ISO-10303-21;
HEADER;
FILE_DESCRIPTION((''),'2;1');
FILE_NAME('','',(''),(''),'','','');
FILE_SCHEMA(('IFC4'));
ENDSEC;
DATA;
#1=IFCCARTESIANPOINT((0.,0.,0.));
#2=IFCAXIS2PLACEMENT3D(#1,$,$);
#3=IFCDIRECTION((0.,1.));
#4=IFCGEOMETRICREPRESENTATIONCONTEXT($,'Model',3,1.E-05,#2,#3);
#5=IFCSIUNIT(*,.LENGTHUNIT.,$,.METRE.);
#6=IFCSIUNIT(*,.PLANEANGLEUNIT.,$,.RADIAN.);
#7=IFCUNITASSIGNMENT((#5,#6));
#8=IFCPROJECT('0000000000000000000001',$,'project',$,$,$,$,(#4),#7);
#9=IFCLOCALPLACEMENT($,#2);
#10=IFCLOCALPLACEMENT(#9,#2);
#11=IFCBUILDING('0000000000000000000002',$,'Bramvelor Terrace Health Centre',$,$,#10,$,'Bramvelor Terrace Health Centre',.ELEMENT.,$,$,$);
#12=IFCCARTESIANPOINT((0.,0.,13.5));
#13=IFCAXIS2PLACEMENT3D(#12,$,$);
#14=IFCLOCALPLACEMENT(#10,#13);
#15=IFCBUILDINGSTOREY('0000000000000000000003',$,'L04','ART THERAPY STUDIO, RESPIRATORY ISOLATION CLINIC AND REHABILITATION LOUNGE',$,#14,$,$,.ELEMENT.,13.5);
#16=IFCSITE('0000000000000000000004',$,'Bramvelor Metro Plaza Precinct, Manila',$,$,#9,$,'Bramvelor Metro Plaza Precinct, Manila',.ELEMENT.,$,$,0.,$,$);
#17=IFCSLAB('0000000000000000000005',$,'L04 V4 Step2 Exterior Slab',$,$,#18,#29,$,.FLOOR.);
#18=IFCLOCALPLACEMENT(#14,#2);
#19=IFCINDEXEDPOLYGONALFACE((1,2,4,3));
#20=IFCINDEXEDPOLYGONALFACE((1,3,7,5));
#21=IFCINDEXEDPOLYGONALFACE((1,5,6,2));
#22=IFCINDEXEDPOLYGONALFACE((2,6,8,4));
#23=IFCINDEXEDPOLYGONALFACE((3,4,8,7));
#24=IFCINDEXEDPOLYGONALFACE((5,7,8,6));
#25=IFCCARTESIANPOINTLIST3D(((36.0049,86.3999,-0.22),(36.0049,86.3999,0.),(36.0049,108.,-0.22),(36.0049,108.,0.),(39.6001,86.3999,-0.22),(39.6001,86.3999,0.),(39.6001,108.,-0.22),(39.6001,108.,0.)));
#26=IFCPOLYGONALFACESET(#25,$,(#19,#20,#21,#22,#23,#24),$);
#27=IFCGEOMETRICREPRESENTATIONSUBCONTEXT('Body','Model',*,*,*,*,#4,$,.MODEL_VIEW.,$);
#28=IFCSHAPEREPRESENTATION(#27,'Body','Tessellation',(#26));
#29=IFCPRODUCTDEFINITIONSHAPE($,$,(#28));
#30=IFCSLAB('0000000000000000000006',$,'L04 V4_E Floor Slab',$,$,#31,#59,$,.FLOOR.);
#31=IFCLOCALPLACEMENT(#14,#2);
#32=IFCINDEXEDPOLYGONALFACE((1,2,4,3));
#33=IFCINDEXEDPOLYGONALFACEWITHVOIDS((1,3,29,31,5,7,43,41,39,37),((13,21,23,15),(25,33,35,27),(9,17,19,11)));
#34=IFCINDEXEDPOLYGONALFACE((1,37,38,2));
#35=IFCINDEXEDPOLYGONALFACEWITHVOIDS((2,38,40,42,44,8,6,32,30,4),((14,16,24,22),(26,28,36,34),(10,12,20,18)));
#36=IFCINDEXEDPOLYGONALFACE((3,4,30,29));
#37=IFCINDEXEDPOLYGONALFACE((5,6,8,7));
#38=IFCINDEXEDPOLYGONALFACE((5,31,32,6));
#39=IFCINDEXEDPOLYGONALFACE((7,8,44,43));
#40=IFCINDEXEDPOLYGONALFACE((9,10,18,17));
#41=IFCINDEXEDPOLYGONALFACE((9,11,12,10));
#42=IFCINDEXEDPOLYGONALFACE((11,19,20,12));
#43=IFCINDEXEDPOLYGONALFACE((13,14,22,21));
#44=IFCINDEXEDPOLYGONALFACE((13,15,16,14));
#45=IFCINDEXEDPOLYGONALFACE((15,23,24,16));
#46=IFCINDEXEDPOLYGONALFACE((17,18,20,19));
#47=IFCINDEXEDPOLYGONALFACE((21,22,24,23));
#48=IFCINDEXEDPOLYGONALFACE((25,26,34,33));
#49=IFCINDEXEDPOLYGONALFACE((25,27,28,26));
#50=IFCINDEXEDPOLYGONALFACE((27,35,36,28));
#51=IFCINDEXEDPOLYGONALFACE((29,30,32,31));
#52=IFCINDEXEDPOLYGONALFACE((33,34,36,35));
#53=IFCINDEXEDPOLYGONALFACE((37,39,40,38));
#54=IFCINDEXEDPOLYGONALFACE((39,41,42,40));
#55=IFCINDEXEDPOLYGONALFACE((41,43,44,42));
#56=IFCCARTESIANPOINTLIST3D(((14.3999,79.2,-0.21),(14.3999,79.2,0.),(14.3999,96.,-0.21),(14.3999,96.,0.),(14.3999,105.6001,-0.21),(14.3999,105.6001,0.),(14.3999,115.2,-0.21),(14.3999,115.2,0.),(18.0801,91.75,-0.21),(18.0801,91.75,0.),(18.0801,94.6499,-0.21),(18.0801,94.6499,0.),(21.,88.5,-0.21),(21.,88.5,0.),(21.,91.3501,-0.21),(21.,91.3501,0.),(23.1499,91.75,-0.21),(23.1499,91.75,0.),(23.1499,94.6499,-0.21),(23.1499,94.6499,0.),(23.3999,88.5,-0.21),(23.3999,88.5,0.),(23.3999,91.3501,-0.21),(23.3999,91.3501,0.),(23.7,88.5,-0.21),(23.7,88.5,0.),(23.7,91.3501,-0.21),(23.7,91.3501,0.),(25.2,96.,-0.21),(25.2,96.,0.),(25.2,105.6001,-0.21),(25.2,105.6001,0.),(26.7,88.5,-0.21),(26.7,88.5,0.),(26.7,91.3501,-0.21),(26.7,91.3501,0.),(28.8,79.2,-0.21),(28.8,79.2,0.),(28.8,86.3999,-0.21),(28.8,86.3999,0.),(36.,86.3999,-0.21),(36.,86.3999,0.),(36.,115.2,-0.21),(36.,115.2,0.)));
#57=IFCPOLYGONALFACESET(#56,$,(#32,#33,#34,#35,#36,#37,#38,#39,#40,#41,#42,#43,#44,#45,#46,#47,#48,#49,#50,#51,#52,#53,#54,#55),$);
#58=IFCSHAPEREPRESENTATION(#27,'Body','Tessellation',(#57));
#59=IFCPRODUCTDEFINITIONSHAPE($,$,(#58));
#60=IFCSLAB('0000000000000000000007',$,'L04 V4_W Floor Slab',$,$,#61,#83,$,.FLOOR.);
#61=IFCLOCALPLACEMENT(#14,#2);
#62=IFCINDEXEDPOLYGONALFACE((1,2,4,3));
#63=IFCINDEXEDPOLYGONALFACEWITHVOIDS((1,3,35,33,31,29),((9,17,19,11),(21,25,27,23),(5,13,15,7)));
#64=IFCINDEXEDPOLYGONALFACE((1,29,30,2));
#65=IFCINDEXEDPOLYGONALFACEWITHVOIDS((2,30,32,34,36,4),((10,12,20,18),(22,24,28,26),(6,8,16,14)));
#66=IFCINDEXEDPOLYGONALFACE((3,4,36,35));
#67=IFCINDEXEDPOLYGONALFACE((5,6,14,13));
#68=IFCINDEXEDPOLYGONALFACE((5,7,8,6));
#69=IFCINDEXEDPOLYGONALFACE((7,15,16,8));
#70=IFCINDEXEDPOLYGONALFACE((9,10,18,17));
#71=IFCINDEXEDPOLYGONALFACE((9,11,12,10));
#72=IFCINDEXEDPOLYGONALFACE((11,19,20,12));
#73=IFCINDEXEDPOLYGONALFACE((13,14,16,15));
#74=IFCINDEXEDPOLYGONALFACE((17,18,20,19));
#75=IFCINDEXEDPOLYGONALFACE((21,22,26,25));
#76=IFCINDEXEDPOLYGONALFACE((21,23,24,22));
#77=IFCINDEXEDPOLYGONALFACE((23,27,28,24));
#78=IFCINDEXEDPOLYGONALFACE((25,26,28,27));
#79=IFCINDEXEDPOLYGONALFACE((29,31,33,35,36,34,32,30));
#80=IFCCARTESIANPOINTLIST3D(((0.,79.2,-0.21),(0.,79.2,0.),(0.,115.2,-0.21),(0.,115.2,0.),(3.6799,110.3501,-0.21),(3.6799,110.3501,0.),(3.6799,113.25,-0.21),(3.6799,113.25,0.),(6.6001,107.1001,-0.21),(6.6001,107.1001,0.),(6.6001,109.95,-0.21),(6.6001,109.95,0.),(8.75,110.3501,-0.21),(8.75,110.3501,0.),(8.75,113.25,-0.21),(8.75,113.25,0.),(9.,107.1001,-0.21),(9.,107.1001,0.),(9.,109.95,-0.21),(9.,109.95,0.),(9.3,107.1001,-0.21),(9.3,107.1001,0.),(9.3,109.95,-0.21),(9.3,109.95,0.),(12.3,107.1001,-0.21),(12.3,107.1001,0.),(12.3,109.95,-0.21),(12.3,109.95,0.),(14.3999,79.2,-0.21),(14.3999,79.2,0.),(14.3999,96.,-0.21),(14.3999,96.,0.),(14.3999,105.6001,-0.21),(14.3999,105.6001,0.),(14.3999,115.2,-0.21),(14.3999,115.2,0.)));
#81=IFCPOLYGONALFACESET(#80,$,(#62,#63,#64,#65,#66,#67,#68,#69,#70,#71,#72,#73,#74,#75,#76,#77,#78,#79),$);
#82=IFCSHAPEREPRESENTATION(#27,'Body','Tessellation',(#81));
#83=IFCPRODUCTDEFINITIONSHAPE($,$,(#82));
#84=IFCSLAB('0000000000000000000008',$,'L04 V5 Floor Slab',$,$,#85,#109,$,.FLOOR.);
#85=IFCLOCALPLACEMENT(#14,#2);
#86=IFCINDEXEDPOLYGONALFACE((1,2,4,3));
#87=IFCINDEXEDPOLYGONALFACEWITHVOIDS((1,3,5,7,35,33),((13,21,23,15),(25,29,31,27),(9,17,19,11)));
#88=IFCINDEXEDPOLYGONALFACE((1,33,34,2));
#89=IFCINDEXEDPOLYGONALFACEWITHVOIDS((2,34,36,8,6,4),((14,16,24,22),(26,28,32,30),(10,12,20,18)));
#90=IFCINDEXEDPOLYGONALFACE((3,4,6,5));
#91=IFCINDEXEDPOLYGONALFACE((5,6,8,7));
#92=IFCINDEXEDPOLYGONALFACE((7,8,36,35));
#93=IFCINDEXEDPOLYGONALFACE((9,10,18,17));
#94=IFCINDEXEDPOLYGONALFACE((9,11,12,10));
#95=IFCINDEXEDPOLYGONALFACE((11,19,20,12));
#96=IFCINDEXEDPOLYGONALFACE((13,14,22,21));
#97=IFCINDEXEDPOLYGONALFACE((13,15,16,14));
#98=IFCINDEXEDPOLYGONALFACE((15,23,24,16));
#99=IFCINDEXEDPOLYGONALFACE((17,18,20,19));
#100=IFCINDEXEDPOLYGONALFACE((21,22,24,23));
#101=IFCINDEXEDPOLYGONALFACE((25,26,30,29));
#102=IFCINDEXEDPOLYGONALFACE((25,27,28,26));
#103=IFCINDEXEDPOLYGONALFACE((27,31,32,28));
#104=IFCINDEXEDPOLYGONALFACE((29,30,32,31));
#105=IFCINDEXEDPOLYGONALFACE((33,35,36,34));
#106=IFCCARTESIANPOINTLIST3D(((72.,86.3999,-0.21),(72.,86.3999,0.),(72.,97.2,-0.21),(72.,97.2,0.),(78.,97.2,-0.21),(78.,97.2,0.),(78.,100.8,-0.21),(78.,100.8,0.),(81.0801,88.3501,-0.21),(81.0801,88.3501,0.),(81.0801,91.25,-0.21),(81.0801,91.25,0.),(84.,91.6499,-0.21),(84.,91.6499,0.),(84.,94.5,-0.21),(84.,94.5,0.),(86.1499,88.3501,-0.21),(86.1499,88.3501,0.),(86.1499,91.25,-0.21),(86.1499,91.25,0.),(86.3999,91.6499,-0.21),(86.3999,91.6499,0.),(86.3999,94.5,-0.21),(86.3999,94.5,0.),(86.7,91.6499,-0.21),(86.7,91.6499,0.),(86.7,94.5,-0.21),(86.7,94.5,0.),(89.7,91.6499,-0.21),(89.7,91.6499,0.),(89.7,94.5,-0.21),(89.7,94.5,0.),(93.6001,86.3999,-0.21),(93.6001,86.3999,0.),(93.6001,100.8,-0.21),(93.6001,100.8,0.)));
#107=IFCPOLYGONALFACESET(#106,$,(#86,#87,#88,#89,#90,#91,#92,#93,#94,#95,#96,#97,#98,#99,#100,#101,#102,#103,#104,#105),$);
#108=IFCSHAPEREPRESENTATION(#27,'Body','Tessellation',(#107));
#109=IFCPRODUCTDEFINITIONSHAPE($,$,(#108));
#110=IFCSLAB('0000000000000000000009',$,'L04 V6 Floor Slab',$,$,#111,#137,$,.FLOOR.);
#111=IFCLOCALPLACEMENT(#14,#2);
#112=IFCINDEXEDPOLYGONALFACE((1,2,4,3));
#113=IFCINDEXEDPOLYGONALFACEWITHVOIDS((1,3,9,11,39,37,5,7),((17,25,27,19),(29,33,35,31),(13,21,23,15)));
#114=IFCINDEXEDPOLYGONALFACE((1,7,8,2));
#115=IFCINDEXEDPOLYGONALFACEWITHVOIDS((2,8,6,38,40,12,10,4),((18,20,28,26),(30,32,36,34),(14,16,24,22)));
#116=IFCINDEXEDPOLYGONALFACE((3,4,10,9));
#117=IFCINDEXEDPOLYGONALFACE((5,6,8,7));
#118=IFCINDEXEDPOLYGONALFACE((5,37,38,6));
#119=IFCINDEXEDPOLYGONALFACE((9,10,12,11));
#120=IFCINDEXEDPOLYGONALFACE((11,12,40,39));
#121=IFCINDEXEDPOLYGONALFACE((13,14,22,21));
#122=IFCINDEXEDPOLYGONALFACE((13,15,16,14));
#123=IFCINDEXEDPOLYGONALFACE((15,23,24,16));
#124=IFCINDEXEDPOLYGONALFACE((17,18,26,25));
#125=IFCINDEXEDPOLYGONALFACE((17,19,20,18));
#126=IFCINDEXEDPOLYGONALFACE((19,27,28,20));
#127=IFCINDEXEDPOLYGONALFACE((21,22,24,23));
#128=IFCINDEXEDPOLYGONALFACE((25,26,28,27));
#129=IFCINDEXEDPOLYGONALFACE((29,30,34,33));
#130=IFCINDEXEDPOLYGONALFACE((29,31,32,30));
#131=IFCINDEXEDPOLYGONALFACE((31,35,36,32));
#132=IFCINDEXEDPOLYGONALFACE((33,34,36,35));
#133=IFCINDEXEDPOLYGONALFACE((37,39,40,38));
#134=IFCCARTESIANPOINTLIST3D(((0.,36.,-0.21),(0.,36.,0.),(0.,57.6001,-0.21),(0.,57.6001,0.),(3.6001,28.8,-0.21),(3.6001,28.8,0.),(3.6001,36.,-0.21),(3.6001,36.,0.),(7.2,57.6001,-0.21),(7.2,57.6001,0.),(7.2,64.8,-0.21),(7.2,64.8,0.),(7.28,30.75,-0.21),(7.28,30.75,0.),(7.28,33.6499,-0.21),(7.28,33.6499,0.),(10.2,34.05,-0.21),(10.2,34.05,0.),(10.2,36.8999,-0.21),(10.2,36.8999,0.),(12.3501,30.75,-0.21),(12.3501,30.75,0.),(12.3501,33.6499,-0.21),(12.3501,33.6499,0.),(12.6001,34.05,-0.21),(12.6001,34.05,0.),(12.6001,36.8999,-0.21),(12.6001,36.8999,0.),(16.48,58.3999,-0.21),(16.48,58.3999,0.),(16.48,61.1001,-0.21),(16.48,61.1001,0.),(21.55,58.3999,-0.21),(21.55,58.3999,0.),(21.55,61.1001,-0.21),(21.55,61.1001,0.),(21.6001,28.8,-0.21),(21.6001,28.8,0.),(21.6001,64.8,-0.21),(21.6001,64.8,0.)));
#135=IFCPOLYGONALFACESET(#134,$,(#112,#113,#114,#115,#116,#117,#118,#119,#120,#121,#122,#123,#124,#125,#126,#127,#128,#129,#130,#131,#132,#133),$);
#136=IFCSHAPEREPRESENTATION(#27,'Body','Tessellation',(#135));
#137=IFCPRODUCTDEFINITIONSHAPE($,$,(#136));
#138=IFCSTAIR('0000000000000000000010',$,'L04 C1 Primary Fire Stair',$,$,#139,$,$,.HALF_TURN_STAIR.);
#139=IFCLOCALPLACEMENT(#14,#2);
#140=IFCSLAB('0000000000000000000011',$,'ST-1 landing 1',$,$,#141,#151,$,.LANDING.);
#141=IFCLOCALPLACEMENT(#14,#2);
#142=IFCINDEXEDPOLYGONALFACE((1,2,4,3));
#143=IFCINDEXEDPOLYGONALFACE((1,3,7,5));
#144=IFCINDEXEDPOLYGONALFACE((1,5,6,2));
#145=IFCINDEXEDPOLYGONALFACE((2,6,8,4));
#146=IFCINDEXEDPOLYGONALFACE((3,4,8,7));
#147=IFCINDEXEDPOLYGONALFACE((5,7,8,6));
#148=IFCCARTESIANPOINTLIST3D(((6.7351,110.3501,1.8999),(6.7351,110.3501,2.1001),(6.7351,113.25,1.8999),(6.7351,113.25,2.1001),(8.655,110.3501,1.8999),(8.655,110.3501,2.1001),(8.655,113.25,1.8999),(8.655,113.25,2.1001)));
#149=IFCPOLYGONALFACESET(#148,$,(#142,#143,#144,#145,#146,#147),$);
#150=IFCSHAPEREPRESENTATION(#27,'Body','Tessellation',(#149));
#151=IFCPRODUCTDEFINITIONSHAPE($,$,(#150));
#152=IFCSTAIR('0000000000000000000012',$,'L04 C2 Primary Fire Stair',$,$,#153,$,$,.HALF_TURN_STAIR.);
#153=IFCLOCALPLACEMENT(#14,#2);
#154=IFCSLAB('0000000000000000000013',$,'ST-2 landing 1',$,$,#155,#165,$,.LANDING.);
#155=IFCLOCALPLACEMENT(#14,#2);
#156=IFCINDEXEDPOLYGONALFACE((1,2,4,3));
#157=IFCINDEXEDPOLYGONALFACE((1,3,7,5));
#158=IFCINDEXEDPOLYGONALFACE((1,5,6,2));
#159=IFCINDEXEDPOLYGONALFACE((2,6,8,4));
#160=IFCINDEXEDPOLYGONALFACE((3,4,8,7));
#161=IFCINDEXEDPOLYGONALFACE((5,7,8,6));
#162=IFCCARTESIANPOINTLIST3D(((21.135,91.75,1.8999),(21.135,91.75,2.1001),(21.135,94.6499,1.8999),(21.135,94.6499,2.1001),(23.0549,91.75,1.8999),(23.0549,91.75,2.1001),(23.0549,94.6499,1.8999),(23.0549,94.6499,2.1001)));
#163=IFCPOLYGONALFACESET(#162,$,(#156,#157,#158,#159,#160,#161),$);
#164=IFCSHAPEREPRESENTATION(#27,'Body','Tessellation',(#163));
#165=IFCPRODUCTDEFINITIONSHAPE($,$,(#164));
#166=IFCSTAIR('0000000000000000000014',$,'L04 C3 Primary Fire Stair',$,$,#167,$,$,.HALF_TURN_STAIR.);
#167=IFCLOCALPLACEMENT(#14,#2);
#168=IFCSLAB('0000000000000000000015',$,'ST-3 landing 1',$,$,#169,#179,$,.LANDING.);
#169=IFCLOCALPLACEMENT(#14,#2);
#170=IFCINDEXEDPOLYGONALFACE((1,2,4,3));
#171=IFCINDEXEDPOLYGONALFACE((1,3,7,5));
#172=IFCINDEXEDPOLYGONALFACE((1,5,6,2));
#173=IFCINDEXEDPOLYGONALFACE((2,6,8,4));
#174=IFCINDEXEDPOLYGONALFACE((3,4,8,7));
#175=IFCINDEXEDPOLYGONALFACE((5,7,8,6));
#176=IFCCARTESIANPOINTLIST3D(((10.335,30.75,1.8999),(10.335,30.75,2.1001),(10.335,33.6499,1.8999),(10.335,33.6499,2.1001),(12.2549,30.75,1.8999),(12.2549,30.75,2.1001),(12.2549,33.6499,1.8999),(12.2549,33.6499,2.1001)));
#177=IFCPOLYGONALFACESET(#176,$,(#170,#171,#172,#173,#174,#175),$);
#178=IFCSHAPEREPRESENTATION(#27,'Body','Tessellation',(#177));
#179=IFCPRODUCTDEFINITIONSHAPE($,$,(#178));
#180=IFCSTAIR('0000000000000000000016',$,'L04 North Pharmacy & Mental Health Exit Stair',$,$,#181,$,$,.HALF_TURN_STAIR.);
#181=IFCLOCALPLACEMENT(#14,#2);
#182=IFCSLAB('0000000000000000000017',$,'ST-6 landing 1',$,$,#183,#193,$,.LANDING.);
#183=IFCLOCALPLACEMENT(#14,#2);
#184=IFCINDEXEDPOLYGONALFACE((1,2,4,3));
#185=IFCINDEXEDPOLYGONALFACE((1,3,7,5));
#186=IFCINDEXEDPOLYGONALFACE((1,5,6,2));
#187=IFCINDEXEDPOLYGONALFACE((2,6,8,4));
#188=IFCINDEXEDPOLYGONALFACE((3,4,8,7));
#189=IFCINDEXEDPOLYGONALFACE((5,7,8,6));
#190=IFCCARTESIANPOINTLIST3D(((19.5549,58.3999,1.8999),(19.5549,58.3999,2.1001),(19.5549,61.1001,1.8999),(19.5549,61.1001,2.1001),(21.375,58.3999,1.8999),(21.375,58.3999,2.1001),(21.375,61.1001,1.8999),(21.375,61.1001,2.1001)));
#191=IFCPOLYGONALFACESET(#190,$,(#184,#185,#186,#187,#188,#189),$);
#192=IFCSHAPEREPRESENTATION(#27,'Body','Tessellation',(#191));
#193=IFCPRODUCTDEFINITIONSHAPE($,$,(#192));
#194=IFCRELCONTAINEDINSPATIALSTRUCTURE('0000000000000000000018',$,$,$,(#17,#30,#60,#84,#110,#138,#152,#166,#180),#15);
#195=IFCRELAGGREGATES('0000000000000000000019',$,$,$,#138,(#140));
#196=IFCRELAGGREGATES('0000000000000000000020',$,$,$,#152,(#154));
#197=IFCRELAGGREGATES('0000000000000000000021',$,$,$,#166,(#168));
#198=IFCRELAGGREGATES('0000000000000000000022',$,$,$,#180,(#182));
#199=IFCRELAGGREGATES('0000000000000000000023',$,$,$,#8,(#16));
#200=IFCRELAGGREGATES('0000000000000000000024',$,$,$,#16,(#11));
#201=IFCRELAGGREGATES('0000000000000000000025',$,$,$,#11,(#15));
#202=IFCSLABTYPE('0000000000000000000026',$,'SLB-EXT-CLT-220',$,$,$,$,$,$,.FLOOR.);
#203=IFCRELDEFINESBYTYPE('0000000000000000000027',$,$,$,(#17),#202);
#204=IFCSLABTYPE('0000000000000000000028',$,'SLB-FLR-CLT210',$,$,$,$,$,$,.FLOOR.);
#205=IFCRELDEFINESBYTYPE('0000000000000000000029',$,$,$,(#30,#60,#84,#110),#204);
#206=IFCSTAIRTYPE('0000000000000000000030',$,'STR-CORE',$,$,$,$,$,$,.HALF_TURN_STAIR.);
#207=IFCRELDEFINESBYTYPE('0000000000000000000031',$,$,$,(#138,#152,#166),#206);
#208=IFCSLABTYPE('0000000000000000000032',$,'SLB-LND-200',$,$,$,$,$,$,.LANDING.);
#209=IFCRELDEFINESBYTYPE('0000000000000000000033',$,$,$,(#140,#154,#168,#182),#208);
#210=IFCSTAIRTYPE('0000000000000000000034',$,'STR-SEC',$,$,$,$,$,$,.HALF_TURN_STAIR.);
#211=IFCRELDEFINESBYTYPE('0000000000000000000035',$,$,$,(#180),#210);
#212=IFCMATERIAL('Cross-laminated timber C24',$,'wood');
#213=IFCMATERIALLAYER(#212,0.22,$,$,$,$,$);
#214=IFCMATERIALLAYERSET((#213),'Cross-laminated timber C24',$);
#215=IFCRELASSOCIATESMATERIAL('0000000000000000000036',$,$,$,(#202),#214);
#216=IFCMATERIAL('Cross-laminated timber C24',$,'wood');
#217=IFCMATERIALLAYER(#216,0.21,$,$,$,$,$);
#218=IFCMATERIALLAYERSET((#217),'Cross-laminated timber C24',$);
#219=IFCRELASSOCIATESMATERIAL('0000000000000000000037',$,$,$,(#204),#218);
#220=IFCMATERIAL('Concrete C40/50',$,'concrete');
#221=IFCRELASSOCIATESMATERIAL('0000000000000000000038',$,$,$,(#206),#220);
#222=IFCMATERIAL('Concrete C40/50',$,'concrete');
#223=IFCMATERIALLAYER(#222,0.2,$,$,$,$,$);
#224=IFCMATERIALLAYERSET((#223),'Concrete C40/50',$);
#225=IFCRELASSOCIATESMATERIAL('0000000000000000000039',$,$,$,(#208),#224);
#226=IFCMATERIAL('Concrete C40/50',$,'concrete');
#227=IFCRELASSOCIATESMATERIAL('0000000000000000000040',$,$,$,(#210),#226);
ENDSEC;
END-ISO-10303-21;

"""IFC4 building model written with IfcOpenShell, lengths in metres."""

from ifc_helpers import new_model, si_unit, direction, frame, origin, place, context, subcontext, project, spatial, polyline, outline, extrude, material, layer, layer_set, type_object, element, aggregate, save


model = new_model("IFC4")

# Units and contexts
model_context = context("Model", 3, precision=1e-05, world=origin(), true_north=direction((0.0, 1.0)))
body_context = subcontext(model_context, "Body", "Model", "MODEL_VIEW")
ifc_project = project(units=[si_unit("LENGTHUNIT", "METRE"), si_unit("PLANEANGLEUNIT", "RADIAN")], contexts=[model_context])

# Site, building, storey
site_placement = place(None, origin())
site = spatial("IfcSite", under=ifc_project, at=site_placement, Name="Bramvelor Metro Plaza Precinct, Manila", LongName="Bramvelor Metro Plaza Precinct, Manila", CompositionType="ELEMENT", RefElevation=0.0)
building_placement = place(site_placement, origin())
building = spatial("IfcBuilding", under=site, at=building_placement, Name="Bramvelor Terrace Health Centre", LongName="Bramvelor Terrace Health Centre", CompositionType="ELEMENT")
storey_placement = place(building_placement, frame((0.0, 0.0, 13.5)))
storey = spatial("IfcBuildingStorey", under=building, at=storey_placement, Name="L04", Description="ART THERAPY STUDIO, RESPIRATORY ISOLATION CLINIC AND REHABILITATION LOUNGE", CompositionType="ELEMENT", Elevation=13.5)

# Slabs
ifc_material_1 = material(Name="Cross-laminated timber C24", Category="wood")
ifc_layer_1 = layer(ifc_material_1, 0.22)
ifc_layer_set_1 = layer_set([ifc_layer_1], Name="Cross-laminated timber C24")
slab_type_1 = type_object("IfcSlabType", Name="SLB-EXT-CLT-220", PredefinedType="FLOOR", material=ifc_layer_set_1)
slab_1_placement = place(storey_placement, frame((0.0, 0.0, -0.22)))
element("IfcSlab", 1, at=slab_1_placement, inside=storey, type_object=slab_type_1, Name="L04 V4 Step2 Exterior Slab", PredefinedType="FLOOR", context=body_context, shape_type="SweptSolid", body=[
    extrude(outline(polyline([(39.6001, 108.0), (39.6001, 86.3999), (36.0049, 86.3999), (36.0049, 108.0), (39.6001, 108.0)])), origin(), (0.0, 0.0, 1.0), 0.22),
])
ifc_material_2 = material(Name="Cross-laminated timber C24", Category="wood")
ifc_layer_2 = layer(ifc_material_2, 0.21)
ifc_layer_set_2 = layer_set([ifc_layer_2], Name="Cross-laminated timber C24")
slab_type_2 = type_object("IfcSlabType", Name="SLB-FLR-CLT210", PredefinedType="FLOOR", material=ifc_layer_set_2)
slab_2_placement = place(storey_placement, frame((0.0, 0.0, -0.21)))
element("IfcSlab", 2, at=slab_2_placement, inside=storey, type_object=slab_type_2, Name="L04 V4_E Floor Slab", PredefinedType="FLOOR", context=body_context, shape_type="SweptSolid", body=[
    extrude(outline(polyline([(28.8, 79.2), (14.3999, 79.2), (14.3999, 96.0), (25.2, 96.0), (25.2, 105.6001), (14.3999, 105.6001), (14.3999, 115.2), (36.0, 115.2), (36.0, 86.3999), (28.8, 86.3999), (28.8, 79.2)]), holes=[polyline([(18.0801, 91.75), (23.1499, 91.75), (23.1499, 94.6499), (18.0801, 94.6499), (18.0801, 91.75)]), polyline([(21.0, 91.3501), (21.0, 88.5), (23.3999, 88.5), (23.3999, 91.3501), (21.0, 91.3501)]), polyline([(26.7, 91.3501), (23.7, 91.3501), (23.7, 88.5), (26.7, 88.5), (26.7, 91.3501)])]), origin(), (0.0, 0.0, 1.0), 0.21),
])
slab_3_placement = place(storey_placement, frame((0.0, 0.0, -0.21)))
element("IfcSlab", 3, at=slab_3_placement, inside=storey, type_object=slab_type_2, Name="L04 V4_W Floor Slab", PredefinedType="FLOOR", context=body_context, shape_type="SweptSolid", body=[
    extrude(outline(polyline([(14.3999, 79.2), (0.0, 79.2), (0.0, 115.2), (14.3999, 115.2), (14.3999, 105.6001), (14.3999, 96.0), (14.3999, 79.2)]), holes=[polyline([(3.6799, 110.3501), (8.75, 110.3501), (8.75, 113.25), (3.6799, 113.25), (3.6799, 110.3501)]), polyline([(6.6001, 109.95), (6.6001, 107.1001), (9.0, 107.1001), (9.0, 109.95), (6.6001, 109.95)]), polyline([(12.3, 109.95), (9.3, 109.95), (9.3, 107.1001), (12.3, 107.1001), (12.3, 109.95)])]), origin(), (0.0, 0.0, 1.0), 0.21),
])
slab_4_placement = place(storey_placement, frame((0.0, 0.0, -0.21)))
element("IfcSlab", 4, at=slab_4_placement, inside=storey, type_object=slab_type_2, Name="L04 V5 Floor Slab", PredefinedType="FLOOR", context=body_context, shape_type="SweptSolid", body=[
    extrude(outline(polyline([(72.0, 97.2), (78.0, 97.2), (78.0, 100.8), (93.6001, 100.8), (93.6001, 86.3999), (72.0, 86.3999), (72.0, 97.2)]), holes=[polyline([(81.0801, 88.3501), (86.1499, 88.3501), (86.1499, 91.25), (81.0801, 91.25), (81.0801, 88.3501)]), polyline([(84.0, 94.5), (84.0, 91.6499), (86.3999, 91.6499), (86.3999, 94.5), (84.0, 94.5)]), polyline([(89.7, 94.5), (86.7, 94.5), (86.7, 91.6499), (89.7, 91.6499), (89.7, 94.5)])]), origin(), (0.0, 0.0, 1.0), 0.21),
])
slab_5_placement = place(storey_placement, frame((0.0, 0.0, -0.21)))
element("IfcSlab", 5, at=slab_5_placement, inside=storey, type_object=slab_type_2, Name="L04 V6 Floor Slab", PredefinedType="FLOOR", context=body_context, shape_type="SweptSolid", body=[
    extrude(outline(polyline([(0.0, 36.0), (0.0, 57.6001), (7.2, 57.6001), (7.2, 64.8), (21.6001, 64.8), (21.6001, 28.8), (3.6001, 28.8), (3.6001, 36.0), (0.0, 36.0)]), holes=[polyline([(7.28, 30.75), (12.3501, 30.75), (12.3501, 33.6499), (7.28, 33.6499), (7.28, 30.75)]), polyline([(10.2, 36.8999), (10.2, 34.05), (12.6001, 34.05), (12.6001, 36.8999), (10.2, 36.8999)]), polyline([(21.55, 61.1001), (16.48, 61.1001), (16.48, 58.3999), (21.55, 58.3999), (21.55, 61.1001)])]), origin(), (0.0, 0.0, 1.0), 0.21),
])

# Stairs, slabs
ifc_material_3 = material(Name="Concrete C40/50", Category="concrete")
stair_type_1 = type_object("IfcStairType", Name="STR-CORE", PredefinedType="HALF_TURN_STAIR", material=ifc_material_3)
stair_1_placement = place(storey_placement, origin())
stair_1 = element("IfcStair", 6, at=stair_1_placement, inside=storey, type_object=stair_type_1, Name="L04 C1 Primary Fire Stair", PredefinedType="HALF_TURN_STAIR")
ifc_material_4 = material(Name="Concrete C40/50", Category="concrete")
ifc_layer_3 = layer(ifc_material_4, 0.2)
ifc_layer_set_3 = layer_set([ifc_layer_3], Name="Concrete C40/50")
slab_type_3 = type_object("IfcSlabType", Name="SLB-LND-200", PredefinedType="LANDING", material=ifc_layer_set_3)
slab_6_placement = place(storey_placement, frame((0.0, 0.0, 1.8999)))
slab_6 = element("IfcSlab", 7, at=slab_6_placement, type_object=slab_type_3, Name="ST-1 landing 1", PredefinedType="LANDING", context=body_context, shape_type="SweptSolid", body=[
    extrude(outline(polyline([(6.7351, 110.3501), (8.655, 110.3501), (8.655, 113.25), (6.7351, 113.25), (6.7351, 110.3501)])), origin(), (0.0, 0.0, 1.0), 0.2002),
])
aggregate(stair_1, [slab_6])
stair_2_placement = place(storey_placement, origin())
stair_2 = element("IfcStair", 8, at=stair_2_placement, inside=storey, type_object=stair_type_1, Name="L04 C2 Primary Fire Stair", PredefinedType="HALF_TURN_STAIR")
slab_7_placement = place(storey_placement, frame((0.0, 0.0, 1.8999)))
slab_7 = element("IfcSlab", 9, at=slab_7_placement, type_object=slab_type_3, Name="ST-2 landing 1", PredefinedType="LANDING", context=body_context, shape_type="SweptSolid", body=[
    extrude(outline(polyline([(21.135, 91.75), (23.0549, 91.75), (23.0549, 94.6499), (21.135, 94.6499), (21.135, 91.75)])), origin(), (0.0, 0.0, 1.0), 0.2002),
])
aggregate(stair_2, [slab_7])
stair_3_placement = place(storey_placement, origin())
stair_3 = element("IfcStair", 10, at=stair_3_placement, inside=storey, type_object=stair_type_1, Name="L04 C3 Primary Fire Stair", PredefinedType="HALF_TURN_STAIR")
slab_8_placement = place(storey_placement, frame((0.0, 0.0, 1.8999)))
slab_8 = element("IfcSlab", 11, at=slab_8_placement, type_object=slab_type_3, Name="ST-3 landing 1", PredefinedType="LANDING", context=body_context, shape_type="SweptSolid", body=[
    extrude(outline(polyline([(10.335, 30.75), (12.2549, 30.75), (12.2549, 33.6499), (10.335, 33.6499), (10.335, 30.75)])), origin(), (0.0, 0.0, 1.0), 0.2002),
])
aggregate(stair_3, [slab_8])
ifc_material_5 = material(Name="Concrete C40/50", Category="concrete")
stair_type_2 = type_object("IfcStairType", Name="STR-SEC", PredefinedType="HALF_TURN_STAIR", material=ifc_material_5)
stair_4_placement = place(storey_placement, origin())
stair_4 = element("IfcStair", 12, at=stair_4_placement, inside=storey, type_object=stair_type_2, Name="L04 North Pharmacy & Mental Health Exit Stair", PredefinedType="HALF_TURN_STAIR")
slab_9_placement = place(storey_placement, frame((0.0, 0.0, 1.8999)))
slab_9 = element("IfcSlab", 13, at=slab_9_placement, type_object=slab_type_3, Name="ST-6 landing 1", PredefinedType="LANDING", context=body_context, shape_type="SweptSolid", body=[
    extrude(outline(polyline([(19.5549, 58.3999), (21.375, 58.3999), (21.375, 61.1001), (19.5549, 61.1001), (19.5549, 58.3999)])), origin(), (0.0, 0.0, 1.0), 0.2002),
])
aggregate(stair_4, [slab_9])

save(model, "model.ifc")
